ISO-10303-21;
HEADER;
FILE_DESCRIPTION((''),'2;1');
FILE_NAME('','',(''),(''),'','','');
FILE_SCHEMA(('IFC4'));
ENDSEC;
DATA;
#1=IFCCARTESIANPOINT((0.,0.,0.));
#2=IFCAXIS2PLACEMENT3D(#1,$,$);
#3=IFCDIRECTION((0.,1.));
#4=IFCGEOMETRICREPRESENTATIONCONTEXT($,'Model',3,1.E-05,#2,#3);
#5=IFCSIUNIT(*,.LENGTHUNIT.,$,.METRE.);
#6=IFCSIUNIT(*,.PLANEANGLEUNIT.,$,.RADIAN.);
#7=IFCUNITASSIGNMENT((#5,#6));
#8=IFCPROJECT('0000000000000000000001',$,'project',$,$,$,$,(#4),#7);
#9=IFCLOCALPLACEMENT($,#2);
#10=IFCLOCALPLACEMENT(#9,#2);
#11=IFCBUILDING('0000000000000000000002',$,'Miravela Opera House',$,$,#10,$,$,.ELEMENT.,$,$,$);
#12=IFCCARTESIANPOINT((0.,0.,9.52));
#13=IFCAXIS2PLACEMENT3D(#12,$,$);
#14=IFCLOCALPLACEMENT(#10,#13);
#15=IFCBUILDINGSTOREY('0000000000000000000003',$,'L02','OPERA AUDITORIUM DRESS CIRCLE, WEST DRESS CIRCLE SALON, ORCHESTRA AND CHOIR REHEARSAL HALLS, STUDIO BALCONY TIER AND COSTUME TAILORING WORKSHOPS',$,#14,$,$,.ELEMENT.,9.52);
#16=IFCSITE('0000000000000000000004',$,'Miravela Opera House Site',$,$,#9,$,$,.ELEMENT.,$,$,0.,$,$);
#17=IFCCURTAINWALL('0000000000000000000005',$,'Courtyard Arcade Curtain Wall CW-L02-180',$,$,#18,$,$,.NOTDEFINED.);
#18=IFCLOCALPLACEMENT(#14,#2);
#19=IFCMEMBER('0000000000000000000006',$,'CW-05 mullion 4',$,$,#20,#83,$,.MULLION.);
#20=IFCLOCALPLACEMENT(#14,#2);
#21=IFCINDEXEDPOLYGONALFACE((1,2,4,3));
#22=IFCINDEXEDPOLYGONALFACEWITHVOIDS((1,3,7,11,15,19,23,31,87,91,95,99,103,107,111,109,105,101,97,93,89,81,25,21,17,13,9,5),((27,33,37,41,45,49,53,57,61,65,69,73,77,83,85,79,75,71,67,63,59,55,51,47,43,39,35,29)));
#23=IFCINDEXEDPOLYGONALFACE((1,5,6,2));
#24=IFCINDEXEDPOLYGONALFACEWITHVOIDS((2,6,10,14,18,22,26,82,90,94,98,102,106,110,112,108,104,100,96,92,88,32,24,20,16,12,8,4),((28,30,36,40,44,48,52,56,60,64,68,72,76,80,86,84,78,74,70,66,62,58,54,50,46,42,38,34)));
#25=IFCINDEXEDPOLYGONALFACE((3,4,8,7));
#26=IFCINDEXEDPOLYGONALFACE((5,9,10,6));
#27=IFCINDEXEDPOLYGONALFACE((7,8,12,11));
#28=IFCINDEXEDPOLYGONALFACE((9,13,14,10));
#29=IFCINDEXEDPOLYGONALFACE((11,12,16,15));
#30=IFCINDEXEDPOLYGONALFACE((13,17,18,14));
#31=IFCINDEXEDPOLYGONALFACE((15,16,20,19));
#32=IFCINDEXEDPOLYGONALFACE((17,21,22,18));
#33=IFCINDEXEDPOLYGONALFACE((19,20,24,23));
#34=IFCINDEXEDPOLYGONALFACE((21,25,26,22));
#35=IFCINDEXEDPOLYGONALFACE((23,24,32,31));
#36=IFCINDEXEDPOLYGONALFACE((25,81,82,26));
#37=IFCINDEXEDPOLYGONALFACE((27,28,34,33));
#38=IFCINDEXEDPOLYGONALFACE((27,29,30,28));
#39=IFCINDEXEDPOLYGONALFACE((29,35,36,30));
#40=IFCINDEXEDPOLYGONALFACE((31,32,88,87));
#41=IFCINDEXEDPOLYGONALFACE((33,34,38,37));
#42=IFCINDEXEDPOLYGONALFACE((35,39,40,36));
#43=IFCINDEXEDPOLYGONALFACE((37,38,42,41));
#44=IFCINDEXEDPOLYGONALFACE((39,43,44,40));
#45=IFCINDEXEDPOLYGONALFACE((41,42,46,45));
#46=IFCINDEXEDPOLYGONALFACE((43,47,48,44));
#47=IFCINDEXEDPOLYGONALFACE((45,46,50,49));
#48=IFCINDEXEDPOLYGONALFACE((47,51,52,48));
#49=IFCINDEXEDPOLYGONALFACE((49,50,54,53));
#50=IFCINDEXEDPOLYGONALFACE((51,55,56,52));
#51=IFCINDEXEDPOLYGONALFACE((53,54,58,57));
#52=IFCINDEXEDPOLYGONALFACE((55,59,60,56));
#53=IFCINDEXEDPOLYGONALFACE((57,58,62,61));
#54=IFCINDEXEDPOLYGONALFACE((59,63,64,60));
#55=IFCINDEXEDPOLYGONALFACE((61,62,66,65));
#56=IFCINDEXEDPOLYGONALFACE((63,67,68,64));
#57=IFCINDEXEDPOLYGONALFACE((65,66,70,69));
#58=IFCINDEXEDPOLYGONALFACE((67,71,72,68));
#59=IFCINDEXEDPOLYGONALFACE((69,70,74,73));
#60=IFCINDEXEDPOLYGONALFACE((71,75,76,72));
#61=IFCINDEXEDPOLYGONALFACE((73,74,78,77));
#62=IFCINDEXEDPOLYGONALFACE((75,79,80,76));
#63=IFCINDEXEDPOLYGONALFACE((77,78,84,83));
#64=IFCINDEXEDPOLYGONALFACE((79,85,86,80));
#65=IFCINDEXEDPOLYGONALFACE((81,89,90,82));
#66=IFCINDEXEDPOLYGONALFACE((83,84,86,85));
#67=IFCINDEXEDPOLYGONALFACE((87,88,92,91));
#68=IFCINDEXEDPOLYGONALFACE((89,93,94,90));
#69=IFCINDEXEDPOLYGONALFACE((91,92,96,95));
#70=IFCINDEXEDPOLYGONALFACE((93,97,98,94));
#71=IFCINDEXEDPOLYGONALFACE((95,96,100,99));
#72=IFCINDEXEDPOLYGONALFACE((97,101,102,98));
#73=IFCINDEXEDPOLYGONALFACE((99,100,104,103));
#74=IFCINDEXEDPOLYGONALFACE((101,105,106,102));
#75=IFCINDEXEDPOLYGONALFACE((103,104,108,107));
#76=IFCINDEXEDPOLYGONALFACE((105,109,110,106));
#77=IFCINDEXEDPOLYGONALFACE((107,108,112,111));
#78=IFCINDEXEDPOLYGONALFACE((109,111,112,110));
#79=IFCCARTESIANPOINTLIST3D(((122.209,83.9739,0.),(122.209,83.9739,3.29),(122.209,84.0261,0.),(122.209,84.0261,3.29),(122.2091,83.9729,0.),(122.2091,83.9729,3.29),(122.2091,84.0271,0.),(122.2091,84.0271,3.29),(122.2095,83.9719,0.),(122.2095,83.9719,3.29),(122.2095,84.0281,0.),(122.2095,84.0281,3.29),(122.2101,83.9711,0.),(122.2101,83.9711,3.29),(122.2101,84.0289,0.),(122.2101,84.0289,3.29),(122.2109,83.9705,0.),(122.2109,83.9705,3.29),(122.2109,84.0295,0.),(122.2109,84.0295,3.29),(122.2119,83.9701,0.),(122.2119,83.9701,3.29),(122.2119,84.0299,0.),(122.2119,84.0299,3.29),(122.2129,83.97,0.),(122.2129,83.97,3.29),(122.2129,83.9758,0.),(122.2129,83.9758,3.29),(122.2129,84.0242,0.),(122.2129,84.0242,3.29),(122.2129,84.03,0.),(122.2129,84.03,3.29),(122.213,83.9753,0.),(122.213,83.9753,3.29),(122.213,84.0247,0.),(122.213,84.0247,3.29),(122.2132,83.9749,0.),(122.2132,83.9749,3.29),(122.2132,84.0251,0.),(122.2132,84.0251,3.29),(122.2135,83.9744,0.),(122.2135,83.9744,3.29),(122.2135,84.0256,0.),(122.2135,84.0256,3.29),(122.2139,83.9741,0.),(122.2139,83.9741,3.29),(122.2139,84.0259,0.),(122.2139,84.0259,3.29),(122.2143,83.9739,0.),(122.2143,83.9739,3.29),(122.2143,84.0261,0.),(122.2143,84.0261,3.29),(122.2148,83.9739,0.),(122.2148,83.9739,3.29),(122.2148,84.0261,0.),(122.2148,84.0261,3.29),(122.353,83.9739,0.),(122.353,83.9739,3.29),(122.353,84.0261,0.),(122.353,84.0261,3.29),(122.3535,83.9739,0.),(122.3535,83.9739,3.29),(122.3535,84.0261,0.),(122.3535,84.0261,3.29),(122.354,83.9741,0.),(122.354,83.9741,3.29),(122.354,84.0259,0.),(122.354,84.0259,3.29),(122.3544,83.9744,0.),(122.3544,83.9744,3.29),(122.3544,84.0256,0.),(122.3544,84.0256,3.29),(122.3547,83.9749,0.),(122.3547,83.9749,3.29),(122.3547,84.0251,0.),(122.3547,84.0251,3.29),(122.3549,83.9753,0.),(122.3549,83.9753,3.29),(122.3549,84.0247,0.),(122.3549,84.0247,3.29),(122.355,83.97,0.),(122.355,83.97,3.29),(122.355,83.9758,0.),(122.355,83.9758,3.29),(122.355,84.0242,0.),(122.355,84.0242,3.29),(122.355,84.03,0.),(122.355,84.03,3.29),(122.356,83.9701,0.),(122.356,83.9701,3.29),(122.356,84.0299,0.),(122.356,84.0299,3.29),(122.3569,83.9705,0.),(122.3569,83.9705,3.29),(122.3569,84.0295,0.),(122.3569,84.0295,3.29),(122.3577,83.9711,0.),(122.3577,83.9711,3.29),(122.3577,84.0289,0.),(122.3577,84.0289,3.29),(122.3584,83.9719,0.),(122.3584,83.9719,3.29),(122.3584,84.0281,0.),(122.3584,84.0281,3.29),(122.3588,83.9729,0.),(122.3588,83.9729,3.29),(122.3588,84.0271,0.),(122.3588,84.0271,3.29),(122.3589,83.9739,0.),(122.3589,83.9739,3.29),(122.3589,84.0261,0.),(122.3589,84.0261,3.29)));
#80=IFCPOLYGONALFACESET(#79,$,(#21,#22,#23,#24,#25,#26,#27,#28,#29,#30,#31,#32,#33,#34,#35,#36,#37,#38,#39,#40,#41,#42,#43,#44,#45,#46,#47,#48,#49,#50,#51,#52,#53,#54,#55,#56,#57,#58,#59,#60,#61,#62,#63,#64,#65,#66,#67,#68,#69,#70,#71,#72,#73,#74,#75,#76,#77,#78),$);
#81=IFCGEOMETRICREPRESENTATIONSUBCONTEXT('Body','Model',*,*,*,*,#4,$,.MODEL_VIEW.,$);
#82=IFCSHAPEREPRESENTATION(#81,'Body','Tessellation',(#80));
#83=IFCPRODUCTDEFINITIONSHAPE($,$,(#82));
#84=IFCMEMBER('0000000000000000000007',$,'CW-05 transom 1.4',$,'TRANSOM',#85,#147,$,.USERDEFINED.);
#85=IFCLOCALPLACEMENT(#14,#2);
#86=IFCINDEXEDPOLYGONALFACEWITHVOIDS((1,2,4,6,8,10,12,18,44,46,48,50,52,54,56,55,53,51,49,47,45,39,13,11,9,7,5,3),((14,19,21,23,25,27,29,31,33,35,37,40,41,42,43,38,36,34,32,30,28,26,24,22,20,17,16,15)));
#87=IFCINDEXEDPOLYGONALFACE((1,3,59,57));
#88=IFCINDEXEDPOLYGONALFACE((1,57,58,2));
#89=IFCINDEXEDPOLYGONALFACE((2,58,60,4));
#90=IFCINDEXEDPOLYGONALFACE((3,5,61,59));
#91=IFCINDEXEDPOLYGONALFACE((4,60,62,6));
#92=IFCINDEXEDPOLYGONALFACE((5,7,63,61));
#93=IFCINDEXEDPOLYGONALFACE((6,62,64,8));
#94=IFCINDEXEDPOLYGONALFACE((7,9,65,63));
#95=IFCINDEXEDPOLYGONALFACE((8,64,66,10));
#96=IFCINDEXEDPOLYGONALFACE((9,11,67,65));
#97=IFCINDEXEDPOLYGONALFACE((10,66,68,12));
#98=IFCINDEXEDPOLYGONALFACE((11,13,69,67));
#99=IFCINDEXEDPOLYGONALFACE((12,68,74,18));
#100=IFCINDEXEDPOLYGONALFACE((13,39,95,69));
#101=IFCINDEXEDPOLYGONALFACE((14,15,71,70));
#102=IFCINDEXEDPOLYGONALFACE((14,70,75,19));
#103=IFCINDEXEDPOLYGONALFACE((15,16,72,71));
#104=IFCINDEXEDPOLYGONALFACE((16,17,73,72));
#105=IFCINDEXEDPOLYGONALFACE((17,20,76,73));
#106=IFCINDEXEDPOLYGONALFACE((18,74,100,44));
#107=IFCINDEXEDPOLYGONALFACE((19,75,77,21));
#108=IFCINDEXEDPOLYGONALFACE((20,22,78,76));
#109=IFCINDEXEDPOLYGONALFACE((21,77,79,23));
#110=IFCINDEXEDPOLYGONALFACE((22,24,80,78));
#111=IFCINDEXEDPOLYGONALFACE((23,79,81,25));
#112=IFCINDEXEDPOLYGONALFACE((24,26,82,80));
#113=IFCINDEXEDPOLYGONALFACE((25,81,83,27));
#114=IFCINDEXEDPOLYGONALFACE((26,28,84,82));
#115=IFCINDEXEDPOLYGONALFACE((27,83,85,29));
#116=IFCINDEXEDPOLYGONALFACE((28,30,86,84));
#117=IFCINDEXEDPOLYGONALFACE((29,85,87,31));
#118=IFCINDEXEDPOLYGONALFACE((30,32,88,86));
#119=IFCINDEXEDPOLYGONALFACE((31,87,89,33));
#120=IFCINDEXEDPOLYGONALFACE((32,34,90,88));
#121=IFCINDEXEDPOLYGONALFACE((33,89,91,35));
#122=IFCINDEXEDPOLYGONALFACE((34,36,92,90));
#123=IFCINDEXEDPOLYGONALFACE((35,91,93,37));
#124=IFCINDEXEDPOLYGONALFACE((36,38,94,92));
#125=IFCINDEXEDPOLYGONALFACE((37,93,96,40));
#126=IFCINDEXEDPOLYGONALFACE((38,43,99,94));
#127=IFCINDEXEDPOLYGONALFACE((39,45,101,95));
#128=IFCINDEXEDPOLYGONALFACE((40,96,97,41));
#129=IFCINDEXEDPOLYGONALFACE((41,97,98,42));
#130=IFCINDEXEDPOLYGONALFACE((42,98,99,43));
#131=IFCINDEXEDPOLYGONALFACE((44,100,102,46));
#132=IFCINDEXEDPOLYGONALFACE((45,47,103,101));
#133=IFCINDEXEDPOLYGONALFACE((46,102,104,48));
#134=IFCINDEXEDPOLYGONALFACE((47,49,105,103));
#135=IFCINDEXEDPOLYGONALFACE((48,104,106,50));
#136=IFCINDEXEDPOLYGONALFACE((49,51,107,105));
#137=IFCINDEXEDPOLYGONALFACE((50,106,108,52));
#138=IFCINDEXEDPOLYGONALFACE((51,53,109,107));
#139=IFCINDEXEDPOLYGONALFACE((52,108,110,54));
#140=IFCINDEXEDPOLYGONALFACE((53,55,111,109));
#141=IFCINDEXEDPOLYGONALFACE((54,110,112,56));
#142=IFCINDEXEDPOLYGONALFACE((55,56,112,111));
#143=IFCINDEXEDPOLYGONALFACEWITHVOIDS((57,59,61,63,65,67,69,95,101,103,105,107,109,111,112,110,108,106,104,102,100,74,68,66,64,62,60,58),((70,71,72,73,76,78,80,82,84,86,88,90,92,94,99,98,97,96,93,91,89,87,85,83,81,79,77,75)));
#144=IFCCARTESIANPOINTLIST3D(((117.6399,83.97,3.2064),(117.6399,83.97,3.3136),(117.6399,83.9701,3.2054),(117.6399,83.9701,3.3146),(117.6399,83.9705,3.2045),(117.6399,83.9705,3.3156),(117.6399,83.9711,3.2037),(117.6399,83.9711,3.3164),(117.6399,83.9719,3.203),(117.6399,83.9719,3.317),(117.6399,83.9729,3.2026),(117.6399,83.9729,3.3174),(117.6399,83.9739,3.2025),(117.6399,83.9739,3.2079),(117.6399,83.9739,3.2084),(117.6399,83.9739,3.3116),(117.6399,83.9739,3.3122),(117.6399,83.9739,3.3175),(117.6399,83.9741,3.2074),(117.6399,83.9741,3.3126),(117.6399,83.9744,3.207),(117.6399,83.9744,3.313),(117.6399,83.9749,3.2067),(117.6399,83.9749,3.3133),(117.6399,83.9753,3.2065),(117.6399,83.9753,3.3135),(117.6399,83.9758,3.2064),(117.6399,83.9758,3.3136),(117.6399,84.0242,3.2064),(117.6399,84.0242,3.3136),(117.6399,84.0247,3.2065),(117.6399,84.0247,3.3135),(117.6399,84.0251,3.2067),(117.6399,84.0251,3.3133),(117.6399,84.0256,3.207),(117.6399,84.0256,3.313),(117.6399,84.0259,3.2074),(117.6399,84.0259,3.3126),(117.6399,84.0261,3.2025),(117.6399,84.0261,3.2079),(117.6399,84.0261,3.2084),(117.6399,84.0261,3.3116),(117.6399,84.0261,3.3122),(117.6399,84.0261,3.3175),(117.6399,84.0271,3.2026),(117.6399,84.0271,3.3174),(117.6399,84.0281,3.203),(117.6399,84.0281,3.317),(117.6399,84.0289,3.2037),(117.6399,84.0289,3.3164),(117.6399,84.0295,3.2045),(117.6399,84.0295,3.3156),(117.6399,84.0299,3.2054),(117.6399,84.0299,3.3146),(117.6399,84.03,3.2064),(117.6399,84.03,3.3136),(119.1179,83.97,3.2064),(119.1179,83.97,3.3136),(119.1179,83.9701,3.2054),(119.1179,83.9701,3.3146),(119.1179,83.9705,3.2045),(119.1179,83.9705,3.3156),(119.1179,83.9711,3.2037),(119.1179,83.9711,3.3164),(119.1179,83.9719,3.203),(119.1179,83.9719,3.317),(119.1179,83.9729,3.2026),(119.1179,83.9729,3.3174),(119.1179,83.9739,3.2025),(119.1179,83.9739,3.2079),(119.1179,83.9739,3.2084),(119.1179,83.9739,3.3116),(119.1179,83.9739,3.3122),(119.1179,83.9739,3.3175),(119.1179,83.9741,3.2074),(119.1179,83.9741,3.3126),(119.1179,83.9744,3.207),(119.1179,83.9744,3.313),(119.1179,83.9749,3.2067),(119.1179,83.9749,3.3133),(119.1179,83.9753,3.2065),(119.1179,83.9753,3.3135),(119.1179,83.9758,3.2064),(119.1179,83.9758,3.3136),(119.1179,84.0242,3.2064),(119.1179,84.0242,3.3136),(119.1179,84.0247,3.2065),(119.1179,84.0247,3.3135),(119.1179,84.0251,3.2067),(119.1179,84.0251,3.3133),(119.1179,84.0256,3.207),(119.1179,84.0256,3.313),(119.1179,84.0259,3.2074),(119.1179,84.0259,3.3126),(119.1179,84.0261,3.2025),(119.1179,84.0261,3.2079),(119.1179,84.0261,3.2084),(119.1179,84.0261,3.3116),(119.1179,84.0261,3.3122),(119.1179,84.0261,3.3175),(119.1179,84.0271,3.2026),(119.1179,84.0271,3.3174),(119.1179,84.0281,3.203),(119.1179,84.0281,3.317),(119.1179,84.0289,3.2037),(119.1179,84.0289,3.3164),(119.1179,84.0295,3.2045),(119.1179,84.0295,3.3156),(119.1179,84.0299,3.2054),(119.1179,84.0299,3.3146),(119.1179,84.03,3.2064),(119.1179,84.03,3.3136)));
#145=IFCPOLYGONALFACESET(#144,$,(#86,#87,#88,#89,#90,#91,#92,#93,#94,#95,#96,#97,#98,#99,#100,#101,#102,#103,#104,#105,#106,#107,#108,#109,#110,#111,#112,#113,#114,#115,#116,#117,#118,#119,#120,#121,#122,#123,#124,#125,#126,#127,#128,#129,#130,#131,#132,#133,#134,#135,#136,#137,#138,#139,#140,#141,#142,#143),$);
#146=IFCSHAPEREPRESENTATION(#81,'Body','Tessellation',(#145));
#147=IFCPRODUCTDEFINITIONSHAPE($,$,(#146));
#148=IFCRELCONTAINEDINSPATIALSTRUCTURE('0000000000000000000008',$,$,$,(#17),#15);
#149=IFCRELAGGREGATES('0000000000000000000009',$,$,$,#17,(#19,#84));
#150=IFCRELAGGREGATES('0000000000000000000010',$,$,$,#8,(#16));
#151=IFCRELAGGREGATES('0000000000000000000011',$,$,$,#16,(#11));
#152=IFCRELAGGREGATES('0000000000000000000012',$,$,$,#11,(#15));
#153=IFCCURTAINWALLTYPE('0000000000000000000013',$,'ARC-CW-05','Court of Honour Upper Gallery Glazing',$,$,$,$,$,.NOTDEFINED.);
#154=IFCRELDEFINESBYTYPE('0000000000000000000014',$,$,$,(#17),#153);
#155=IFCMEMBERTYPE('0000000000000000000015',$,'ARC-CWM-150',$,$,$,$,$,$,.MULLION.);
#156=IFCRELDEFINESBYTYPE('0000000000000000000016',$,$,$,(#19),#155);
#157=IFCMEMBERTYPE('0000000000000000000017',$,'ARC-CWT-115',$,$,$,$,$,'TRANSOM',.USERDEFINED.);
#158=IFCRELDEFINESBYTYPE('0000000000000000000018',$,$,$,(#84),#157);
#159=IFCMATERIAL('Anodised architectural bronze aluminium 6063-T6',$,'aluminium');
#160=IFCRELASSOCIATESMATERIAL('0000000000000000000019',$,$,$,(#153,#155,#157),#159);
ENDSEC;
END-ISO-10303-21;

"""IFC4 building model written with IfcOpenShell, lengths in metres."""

from ifc_helpers import new_model, si_unit, direction, frame, origin, origin_2d, place, context, subcontext, project, spatial, hollow_rectangle, extrude, material, material_profile, profile_set, type_object, element, aggregate, save


model = new_model("IFC4")

# Units and contexts
model_context = context("Model", 3, precision=1e-05, world=origin(), true_north=direction((0.0, 1.0)))
body_context = subcontext(model_context, "Body", "Model", "MODEL_VIEW")
ifc_project = project(units=[si_unit("LENGTHUNIT", "METRE"), si_unit("PLANEANGLEUNIT", "RADIAN")], contexts=[model_context])

# Site, building, storey
site_placement = place(None, origin())
site = spatial("IfcSite", under=ifc_project, at=site_placement, Name="Miravela Opera House Site", CompositionType="ELEMENT", RefElevation=0.0)
building_placement = place(site_placement, origin())
building = spatial("IfcBuilding", under=site, at=building_placement, Name="Miravela Opera House", CompositionType="ELEMENT")
storey_placement = place(building_placement, frame((0.0, 0.0, 9.52)))
storey = spatial("IfcBuildingStorey", under=building, at=storey_placement, Name="L02", Description="OPERA AUDITORIUM DRESS CIRCLE, WEST DRESS CIRCLE SALON, ORCHESTRA AND CHOIR REHEARSAL HALLS, STUDIO BALCONY TIER AND COSTUME TAILORING WORKSHOPS", CompositionType="ELEMENT", Elevation=9.52)

# Curtain wall, members
ifc_material_1 = material(Name="Anodised architectural bronze aluminium 6063-T6", Category="aluminium")
curtain_wall_type = type_object("IfcCurtainWallType", Name="ARC-CW-05", Description="Court of Honour Upper Gallery Glazing", PredefinedType="NOTDEFINED", material=ifc_material_1)
curtain_wall_placement = place(storey_placement, origin())
curtain_wall = element("IfcCurtainWall", 1, at=curtain_wall_placement, inside=storey, type_object=curtain_wall_type, Name="Courtyard Arcade Curtain Wall CW-L02-180", PredefinedType="NOTDEFINED")
ifc_material_profile_1 = material_profile(ifc_material_1, hollow_rectangle(XDim=0.0601, YDim=0.1499, WallThickness=0.0039, InnerFilletRadius=0.002, OuterFilletRadius=0.0039, at=origin_2d()), Name="CWM-60X150")
ifc_profile_set_1 = profile_set([ifc_material_profile_1])
member_type_1 = type_object("IfcMemberType", Name="ARC-CWM-150", PredefinedType="MULLION", material=ifc_profile_set_1)
member_1_placement = place(storey_placement, frame((122.2839, 84.0, 0.0), z_axis=(0.0, 0.0, 1.0), x_axis=(0.0, 1.0, 0.0)))
member_1 = element("IfcMember", 2, at=member_1_placement, type_object=member_type_1, Name="CW-05 mullion 4", PredefinedType="MULLION", context=body_context, shape_type="SweptSolid", body=[
    extrude(hollow_rectangle(XDim=0.0601, YDim=0.1499, WallThickness=0.0039, InnerFilletRadius=0.002, OuterFilletRadius=0.0039, at=origin_2d()), origin(), (0.0, 0.0, 1.0), 3.29),
])
ifc_material_profile_2 = material_profile(ifc_material_1, hollow_rectangle(XDim=0.0601, YDim=0.115, WallThickness=0.0039, InnerFilletRadius=0.002, OuterFilletRadius=0.0039, at=origin_2d()), Name="CWT-60X115")
ifc_profile_set_2 = profile_set([ifc_material_profile_2])
member_type_2 = type_object("IfcMemberType", Name="ARC-CWT-115", ElementType="TRANSOM", PredefinedType="USERDEFINED", material=ifc_profile_set_2)
member_2_placement = place(storey_placement, frame((117.6399, 84.0, 3.26), z_axis=(1.0, 0.0, 0.0), x_axis=(0.0, 1.0, 0.0)))
member_2 = element("IfcMember", 3, at=member_2_placement, type_object=member_type_2, Name="CW-05 transom 1.4", ObjectType="TRANSOM", PredefinedType="USERDEFINED", context=body_context, shape_type="SweptSolid", body=[
    extrude(hollow_rectangle(XDim=0.0601, YDim=0.115, WallThickness=0.0039, InnerFilletRadius=0.002, OuterFilletRadius=0.0039, at=origin_2d()), origin(), (0.0, 0.0, 1.0), 1.478),
])
aggregate(curtain_wall, [member_1, member_2])

save(model, "model.ifc")
